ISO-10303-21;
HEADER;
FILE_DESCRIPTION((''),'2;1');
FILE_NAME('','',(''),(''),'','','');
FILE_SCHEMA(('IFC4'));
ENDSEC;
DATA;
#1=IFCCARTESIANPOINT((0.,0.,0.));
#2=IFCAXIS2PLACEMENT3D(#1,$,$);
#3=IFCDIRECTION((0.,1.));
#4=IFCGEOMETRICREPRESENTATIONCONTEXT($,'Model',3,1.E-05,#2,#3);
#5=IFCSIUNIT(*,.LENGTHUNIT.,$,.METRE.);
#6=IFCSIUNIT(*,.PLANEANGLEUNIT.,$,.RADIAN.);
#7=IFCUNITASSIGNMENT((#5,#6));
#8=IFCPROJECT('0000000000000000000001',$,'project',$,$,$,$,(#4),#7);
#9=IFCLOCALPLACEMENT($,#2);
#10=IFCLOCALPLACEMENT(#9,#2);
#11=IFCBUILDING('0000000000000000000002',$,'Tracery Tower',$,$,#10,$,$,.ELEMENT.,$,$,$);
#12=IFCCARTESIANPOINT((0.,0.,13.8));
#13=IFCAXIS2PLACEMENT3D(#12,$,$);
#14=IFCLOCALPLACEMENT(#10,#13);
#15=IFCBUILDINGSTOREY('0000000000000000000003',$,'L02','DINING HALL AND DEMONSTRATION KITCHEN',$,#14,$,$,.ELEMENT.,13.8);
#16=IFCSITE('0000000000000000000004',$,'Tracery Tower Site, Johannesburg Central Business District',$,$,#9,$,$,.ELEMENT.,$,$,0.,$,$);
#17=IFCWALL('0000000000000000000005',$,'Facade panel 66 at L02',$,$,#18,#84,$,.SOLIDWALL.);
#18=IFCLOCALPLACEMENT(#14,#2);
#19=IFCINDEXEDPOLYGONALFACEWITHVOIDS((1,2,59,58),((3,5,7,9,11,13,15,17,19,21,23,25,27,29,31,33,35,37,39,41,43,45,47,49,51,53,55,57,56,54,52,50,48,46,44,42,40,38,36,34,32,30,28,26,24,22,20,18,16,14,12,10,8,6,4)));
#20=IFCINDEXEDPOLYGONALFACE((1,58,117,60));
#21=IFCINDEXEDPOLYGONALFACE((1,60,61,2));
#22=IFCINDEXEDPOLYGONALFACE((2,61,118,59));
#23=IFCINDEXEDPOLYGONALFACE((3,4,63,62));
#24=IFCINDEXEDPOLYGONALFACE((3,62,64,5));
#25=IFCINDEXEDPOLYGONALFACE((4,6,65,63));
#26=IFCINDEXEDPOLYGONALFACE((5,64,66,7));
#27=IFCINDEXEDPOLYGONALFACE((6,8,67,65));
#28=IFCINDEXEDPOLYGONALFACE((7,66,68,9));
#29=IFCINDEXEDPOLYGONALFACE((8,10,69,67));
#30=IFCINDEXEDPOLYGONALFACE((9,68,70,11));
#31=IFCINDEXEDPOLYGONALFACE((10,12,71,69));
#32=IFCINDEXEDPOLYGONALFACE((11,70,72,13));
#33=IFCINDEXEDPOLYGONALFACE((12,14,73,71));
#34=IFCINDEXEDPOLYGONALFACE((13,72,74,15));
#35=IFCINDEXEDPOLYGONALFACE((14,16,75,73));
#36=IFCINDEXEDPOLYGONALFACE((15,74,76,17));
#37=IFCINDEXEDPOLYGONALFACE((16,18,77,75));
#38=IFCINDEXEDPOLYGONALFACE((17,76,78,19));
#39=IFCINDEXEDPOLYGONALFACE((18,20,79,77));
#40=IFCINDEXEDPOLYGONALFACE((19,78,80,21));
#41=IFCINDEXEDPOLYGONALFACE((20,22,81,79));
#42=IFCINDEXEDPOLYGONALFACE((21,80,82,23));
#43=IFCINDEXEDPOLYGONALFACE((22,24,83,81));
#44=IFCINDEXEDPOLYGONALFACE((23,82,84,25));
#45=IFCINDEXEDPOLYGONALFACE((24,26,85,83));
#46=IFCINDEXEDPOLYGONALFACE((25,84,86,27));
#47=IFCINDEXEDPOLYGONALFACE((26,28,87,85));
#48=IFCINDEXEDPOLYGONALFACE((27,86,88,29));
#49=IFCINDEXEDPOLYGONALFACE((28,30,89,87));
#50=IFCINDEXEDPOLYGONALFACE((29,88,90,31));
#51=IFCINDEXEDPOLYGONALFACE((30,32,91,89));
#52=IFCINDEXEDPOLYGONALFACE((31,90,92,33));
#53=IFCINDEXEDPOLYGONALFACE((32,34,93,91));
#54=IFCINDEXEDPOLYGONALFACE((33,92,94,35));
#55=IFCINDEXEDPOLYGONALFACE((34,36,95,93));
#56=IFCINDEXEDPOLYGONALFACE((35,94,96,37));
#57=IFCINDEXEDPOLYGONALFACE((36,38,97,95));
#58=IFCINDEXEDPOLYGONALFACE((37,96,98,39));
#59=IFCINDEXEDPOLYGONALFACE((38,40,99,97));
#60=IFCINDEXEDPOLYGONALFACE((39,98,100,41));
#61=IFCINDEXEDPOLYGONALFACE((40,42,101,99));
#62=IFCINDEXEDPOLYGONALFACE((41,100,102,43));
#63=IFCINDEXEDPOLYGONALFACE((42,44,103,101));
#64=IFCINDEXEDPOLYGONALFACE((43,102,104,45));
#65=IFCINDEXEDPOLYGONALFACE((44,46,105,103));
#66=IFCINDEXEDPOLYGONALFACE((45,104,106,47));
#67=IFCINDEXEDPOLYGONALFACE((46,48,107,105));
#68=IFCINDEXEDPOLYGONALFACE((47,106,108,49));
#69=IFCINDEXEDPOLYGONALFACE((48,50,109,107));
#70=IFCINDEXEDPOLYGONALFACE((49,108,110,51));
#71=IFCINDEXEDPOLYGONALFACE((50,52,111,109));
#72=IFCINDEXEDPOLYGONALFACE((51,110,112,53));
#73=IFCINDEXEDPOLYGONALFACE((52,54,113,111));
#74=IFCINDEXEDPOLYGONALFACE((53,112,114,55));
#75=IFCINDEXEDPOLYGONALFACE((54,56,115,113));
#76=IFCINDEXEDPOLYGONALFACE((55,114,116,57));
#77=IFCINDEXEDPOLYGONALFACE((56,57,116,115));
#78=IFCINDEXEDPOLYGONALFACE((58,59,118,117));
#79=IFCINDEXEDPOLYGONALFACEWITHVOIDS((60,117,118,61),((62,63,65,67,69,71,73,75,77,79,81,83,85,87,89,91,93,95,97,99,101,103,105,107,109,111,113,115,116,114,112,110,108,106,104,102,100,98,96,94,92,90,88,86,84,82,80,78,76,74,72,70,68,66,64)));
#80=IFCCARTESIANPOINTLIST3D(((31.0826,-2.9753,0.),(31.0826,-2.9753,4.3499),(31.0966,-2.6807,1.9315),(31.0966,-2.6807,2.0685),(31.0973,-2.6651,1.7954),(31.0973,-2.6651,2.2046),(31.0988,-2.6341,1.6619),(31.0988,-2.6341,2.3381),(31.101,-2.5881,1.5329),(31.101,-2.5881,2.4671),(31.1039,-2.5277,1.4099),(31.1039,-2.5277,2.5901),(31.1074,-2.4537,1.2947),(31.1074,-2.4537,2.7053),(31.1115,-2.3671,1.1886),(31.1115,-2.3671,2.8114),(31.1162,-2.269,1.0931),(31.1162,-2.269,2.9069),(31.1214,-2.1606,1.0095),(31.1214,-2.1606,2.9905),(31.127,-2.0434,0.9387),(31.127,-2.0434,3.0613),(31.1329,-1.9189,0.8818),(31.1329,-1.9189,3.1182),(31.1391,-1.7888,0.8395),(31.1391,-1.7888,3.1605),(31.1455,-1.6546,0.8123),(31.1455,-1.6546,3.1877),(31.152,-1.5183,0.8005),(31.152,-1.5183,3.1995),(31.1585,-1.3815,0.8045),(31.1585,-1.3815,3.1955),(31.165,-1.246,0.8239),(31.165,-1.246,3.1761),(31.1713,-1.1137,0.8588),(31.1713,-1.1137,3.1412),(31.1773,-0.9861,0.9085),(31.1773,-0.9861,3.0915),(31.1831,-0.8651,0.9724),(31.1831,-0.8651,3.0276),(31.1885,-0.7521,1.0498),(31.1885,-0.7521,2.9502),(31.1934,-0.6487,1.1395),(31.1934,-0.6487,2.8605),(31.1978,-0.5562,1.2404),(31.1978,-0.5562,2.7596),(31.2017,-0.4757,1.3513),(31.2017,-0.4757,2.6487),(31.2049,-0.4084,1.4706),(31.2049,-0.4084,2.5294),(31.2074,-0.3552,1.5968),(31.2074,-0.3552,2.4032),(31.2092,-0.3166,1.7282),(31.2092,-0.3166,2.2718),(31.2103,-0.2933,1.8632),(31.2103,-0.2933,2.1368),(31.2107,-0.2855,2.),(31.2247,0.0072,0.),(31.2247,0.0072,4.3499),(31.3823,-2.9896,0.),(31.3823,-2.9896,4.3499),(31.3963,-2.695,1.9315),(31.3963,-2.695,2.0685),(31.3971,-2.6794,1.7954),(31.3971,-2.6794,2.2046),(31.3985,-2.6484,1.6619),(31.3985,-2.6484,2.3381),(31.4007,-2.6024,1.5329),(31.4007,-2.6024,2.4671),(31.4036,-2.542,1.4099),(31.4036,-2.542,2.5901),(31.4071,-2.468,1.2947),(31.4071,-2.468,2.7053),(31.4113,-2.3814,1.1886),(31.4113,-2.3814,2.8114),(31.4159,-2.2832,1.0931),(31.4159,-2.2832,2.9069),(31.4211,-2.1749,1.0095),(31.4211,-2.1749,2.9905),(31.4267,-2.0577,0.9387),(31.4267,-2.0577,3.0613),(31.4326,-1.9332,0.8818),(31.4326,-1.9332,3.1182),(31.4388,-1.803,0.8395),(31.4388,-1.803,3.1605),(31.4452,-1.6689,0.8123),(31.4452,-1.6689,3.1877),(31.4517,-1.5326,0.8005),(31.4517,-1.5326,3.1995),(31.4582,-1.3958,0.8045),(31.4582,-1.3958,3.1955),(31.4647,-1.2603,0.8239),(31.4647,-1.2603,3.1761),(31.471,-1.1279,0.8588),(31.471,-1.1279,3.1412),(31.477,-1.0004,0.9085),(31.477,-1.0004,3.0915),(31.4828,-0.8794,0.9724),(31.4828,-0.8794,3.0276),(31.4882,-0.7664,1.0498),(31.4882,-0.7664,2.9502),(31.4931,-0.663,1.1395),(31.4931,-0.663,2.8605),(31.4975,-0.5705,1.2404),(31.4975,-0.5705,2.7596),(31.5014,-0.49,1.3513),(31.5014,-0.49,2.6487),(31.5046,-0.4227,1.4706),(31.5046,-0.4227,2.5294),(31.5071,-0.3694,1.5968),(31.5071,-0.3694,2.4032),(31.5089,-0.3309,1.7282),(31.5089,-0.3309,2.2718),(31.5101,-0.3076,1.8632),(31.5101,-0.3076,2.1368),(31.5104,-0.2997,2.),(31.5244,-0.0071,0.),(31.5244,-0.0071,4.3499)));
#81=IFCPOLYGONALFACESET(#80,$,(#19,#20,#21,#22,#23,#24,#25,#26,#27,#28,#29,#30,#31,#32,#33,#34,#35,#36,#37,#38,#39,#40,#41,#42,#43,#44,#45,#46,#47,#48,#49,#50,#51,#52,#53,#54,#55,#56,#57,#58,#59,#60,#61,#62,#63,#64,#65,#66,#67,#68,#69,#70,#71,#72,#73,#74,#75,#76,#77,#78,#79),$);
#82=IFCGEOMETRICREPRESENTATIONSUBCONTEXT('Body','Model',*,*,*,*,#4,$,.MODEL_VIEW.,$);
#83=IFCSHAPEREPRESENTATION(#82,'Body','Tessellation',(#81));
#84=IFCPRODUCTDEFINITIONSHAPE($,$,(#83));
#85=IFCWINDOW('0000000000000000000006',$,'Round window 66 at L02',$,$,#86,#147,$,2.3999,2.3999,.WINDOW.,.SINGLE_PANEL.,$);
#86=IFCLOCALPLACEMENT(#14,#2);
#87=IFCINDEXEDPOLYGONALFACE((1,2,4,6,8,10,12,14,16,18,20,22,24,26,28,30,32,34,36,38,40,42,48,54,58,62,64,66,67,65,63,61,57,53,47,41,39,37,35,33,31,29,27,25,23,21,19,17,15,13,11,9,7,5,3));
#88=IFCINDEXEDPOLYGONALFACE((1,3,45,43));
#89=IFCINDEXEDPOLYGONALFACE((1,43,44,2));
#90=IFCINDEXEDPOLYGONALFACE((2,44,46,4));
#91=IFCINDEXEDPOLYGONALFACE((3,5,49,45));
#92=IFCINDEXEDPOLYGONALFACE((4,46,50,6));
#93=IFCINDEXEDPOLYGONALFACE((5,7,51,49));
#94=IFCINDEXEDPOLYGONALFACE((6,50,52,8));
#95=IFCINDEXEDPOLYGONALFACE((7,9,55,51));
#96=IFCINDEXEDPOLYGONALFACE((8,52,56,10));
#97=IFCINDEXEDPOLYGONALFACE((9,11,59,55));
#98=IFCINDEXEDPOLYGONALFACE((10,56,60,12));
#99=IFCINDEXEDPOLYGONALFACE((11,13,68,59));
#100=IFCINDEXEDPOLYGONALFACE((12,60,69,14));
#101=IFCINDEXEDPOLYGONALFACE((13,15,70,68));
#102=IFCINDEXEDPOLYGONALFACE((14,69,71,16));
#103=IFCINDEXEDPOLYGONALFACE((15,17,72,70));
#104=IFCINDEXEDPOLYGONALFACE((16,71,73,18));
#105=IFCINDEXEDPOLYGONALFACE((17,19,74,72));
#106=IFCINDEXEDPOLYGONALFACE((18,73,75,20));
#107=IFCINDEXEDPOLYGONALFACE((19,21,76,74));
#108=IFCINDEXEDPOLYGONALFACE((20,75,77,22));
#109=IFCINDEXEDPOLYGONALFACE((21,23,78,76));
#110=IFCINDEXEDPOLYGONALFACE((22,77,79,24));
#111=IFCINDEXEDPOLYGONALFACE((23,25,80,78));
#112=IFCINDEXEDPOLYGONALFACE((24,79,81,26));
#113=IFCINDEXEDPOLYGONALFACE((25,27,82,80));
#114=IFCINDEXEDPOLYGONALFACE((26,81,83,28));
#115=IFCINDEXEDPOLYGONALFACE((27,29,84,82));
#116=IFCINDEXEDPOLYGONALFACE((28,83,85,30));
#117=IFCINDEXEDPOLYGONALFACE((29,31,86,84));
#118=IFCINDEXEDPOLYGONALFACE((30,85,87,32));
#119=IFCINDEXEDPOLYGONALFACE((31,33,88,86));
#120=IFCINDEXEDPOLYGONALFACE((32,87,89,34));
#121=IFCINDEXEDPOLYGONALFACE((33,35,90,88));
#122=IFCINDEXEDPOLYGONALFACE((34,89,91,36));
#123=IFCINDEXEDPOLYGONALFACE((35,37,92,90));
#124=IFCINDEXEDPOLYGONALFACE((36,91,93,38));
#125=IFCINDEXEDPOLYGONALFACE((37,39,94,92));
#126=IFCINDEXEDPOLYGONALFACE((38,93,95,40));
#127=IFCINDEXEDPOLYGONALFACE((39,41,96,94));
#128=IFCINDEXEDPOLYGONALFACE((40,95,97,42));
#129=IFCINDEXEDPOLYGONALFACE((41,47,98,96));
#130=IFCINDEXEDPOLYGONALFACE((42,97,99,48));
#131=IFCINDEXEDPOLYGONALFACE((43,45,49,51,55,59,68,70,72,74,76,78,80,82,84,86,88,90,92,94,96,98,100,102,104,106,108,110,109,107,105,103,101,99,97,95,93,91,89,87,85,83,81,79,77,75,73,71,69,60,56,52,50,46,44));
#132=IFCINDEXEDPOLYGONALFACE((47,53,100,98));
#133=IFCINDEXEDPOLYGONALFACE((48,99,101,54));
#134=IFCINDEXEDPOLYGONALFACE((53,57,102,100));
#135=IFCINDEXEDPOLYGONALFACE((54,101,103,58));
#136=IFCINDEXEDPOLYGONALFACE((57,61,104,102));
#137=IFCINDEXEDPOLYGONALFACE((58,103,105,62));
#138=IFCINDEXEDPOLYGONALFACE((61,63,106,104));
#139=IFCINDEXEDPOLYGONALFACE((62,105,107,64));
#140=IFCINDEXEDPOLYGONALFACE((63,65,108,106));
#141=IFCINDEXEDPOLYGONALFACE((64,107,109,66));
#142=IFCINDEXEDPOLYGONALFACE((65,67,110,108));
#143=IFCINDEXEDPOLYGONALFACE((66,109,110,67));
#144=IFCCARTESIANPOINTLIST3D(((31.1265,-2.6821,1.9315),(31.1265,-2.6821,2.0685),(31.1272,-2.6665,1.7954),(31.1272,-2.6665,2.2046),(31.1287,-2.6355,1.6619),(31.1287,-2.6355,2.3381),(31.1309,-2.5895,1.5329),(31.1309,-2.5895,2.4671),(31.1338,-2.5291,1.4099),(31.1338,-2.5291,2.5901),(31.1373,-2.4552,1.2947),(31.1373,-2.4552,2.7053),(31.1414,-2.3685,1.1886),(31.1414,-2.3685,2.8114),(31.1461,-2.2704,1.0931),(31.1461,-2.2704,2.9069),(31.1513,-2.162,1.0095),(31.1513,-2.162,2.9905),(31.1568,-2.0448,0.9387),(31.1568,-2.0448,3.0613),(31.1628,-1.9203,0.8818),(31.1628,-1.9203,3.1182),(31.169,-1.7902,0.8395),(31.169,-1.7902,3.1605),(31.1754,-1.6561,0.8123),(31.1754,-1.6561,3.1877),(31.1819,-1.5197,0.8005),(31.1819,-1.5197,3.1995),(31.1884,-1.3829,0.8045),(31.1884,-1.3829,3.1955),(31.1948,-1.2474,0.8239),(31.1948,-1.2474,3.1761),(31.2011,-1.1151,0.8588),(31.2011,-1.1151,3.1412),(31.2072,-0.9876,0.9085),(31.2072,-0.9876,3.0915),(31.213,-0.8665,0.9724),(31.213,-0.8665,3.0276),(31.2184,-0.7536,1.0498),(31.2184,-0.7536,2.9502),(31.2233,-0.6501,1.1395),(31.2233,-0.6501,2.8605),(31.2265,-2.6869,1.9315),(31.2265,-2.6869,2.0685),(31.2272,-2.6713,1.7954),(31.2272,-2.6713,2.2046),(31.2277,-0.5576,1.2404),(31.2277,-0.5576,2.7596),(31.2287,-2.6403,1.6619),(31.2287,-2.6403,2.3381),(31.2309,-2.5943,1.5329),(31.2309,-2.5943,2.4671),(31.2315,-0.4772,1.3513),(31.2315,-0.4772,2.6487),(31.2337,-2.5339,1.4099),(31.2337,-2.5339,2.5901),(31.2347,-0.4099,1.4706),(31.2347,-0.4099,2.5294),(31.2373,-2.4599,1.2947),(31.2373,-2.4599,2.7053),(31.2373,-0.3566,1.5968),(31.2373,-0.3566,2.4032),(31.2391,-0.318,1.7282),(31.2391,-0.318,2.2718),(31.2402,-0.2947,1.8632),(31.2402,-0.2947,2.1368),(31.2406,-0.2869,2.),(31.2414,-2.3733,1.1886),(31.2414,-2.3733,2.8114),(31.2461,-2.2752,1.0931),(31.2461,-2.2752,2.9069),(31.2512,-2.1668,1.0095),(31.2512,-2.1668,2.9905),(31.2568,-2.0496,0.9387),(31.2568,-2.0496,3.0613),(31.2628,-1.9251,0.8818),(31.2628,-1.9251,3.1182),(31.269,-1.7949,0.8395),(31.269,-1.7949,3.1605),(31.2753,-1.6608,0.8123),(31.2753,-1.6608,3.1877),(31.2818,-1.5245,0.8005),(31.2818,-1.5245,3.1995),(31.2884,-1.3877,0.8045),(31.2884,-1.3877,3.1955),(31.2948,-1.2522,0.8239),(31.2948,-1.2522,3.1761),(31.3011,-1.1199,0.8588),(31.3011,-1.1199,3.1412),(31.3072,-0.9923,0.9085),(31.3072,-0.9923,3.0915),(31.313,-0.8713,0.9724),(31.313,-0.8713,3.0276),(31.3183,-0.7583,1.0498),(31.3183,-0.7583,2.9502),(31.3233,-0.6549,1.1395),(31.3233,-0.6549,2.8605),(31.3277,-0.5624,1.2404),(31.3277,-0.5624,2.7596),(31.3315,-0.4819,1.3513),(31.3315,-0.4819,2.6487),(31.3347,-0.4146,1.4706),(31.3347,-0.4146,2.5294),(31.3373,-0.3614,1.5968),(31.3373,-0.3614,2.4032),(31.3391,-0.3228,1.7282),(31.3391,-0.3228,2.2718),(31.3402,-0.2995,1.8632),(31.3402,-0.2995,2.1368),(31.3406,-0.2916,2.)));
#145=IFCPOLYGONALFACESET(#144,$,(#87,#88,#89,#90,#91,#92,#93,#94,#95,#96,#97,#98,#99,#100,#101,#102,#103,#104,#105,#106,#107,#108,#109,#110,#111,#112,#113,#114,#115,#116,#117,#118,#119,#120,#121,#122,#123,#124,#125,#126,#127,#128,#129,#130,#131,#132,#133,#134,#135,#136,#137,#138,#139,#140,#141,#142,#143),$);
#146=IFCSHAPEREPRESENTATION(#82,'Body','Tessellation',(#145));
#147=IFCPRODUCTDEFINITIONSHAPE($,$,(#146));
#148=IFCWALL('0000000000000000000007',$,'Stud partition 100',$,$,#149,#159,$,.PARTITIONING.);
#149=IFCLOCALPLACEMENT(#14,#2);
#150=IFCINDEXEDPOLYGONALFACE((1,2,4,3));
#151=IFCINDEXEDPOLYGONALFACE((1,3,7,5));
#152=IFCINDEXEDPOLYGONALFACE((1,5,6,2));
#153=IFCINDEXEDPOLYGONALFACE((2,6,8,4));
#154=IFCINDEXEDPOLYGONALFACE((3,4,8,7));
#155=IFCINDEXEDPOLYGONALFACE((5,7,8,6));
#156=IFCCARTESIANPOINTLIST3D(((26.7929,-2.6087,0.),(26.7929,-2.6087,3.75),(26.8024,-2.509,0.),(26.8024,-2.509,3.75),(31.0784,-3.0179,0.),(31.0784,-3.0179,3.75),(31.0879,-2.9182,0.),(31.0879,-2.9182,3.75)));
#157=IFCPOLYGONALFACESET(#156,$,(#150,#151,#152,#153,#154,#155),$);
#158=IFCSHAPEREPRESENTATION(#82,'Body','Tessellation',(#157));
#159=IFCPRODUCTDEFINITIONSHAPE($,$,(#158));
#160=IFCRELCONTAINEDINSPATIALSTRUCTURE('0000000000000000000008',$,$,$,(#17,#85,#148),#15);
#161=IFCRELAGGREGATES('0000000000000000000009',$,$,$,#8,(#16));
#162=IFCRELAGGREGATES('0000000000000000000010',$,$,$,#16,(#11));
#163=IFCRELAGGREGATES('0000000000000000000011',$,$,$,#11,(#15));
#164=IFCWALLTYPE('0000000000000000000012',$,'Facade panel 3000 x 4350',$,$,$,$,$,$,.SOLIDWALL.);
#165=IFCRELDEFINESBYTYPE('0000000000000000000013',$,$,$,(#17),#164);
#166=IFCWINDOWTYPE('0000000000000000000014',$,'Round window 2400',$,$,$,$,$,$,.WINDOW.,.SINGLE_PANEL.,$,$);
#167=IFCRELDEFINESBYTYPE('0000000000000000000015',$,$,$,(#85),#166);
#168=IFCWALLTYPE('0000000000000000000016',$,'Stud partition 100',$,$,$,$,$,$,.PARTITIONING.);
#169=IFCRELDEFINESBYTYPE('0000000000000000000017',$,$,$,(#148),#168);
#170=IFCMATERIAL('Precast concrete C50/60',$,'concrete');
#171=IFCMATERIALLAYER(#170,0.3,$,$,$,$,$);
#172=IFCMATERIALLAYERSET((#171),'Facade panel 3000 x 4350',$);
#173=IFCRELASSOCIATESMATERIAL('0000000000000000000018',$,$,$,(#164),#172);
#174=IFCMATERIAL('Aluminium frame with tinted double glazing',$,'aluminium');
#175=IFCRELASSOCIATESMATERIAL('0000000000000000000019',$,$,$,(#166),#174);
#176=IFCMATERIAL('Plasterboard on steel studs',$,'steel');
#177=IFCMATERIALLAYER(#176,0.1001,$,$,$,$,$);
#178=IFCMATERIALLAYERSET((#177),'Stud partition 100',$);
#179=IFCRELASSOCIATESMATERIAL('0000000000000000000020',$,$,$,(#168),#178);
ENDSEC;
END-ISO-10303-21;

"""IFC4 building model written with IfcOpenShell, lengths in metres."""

from ifc_helpers import new_model, si_unit, direction, frame, frame_2d, origin, origin_2d, place, context, subcontext, project, spatial, rectangle, circle, extrude, material, layer, layer_set, type_object, element, fill, save


model = new_model("IFC4")

# Units and contexts
model_context = context("Model", 3, precision=1e-05, world=origin(), true_north=direction((0.0, 1.0)))
body_context = subcontext(model_context, "Body", "Model", "MODEL_VIEW")
ifc_project = project(units=[si_unit("LENGTHUNIT", "METRE"), si_unit("PLANEANGLEUNIT", "RADIAN")], contexts=[model_context])

# Site, building, storey
site_placement = place(None, origin())
site = spatial("IfcSite", under=ifc_project, at=site_placement, Name="Tracery Tower Site, Johannesburg Central Business District", CompositionType="ELEMENT", RefElevation=0.0)
building_placement = place(site_placement, origin())
building = spatial("IfcBuilding", under=site, at=building_placement, Name="Tracery Tower", CompositionType="ELEMENT")
storey_placement = place(building_placement, frame((0.0, 0.0, 13.8)))
storey = spatial("IfcBuildingStorey", under=building, at=storey_placement, Name="L02", Description="DINING HALL AND DEMONSTRATION KITCHEN", CompositionType="ELEMENT", Elevation=13.8)

# Wall, opening, window
ifc_material_1 = material(Name="Precast concrete C50/60", Category="concrete")
ifc_layer_1 = layer(ifc_material_1, 0.3)
ifc_layer_set_1 = layer_set([ifc_layer_1], Name="Facade panel 3000 x 4350")
wall_type_1 = type_object("IfcWallType", Name="Facade panel 3000 x 4350", PredefinedType="SOLIDWALL", material=ifc_layer_set_1)
ifc_material_2 = material(Name="Aluminium frame with tinted double glazing", Category="aluminium")
window_type = type_object("IfcWindowType", Name="Round window 2400", PartitioningType="SINGLE_PANEL", PredefinedType="WINDOW", material=ifc_material_2)
wall_1_placement = place(storey_placement, frame((31.2324, -2.9824, 0.0), z_axis=(0.0, 0.0, 1.0), x_axis=(0.047588, 0.998867, 0.0)))
wall_1 = element("IfcWall", 1, at=wall_1_placement, inside=storey, type_object=wall_type_1, Name="Facade panel 66 at L02", PredefinedType="SOLIDWALL", context=body_context, shape_type="SweptSolid", body=[
    extrude(rectangle(XDim=2.9858, YDim=0.3, at=frame_2d((1.4929, 0.0))), origin(), (0.0, 0.0, 1.0), 4.3499),
])
opening_1_placement = place(wall_1_placement, frame((1.4929, 0.0, 2.0)))
opening_1 = element("IfcOpeningElement", 2, at=opening_1_placement, cuts=wall_1, PredefinedType="OPENING", context=body_context, shape_type="SweptSolid", body=[
    extrude(circle(Radius=1.2, at=origin_2d()), frame((0.0, 0.1599, 0.0), z_axis=(0.0, -1.0, 0.0), x_axis=(1.0, 0.0, 0.0)), (0.0, 0.0, 1.0), 0.3201),
])
window_1_placement = place(opening_1_placement, origin())
window_1 = element("IfcWindow", 3, at=window_1_placement, inside=storey, type_object=window_type, Name="Round window 66 at L02", OverallHeight=2.3999, OverallWidth=2.3999, PartitioningType="SINGLE_PANEL", PredefinedType="WINDOW", context=body_context, shape_type="SweptSolid", body=[
    extrude(circle(Radius=1.2, at=origin_2d()), frame((0.0, 0.1201, 0.0), z_axis=(0.0, -1.0, 0.0), x_axis=(1.0, 0.0, 0.0)), (0.0, 0.0, 1.0), 0.1001),
])
fill(opening_1, window_1)

# Wall
ifc_material_3 = material(Name="Plasterboard on steel studs", Category="steel")
ifc_layer_2 = layer(ifc_material_3, 0.1001)
ifc_layer_set_2 = layer_set([ifc_layer_2], Name="Stud partition 100")
wall_type_2 = type_object("IfcWallType", Name="Stud partition 100", PredefinedType="PARTITIONING", material=ifc_layer_set_2)
wall_2_placement = place(storey_placement, frame((31.083, -2.968, 0.0), z_axis=(0.0, 0.0, 1.0), x_axis=(-0.995473, 0.09505, 0.0)))
element("IfcWall", 4, at=wall_2_placement, inside=storey, type_object=wall_type_2, Name="Stud partition 100", PredefinedType="PARTITIONING", context=body_context, shape_type="SweptSolid", body=[
    extrude(rectangle(XDim=4.3049, YDim=0.1001, at=frame_2d((2.1523, 0.0))), origin(), (0.0, 0.0, 1.0), 3.75),
])

save(model, "model.ifc")
